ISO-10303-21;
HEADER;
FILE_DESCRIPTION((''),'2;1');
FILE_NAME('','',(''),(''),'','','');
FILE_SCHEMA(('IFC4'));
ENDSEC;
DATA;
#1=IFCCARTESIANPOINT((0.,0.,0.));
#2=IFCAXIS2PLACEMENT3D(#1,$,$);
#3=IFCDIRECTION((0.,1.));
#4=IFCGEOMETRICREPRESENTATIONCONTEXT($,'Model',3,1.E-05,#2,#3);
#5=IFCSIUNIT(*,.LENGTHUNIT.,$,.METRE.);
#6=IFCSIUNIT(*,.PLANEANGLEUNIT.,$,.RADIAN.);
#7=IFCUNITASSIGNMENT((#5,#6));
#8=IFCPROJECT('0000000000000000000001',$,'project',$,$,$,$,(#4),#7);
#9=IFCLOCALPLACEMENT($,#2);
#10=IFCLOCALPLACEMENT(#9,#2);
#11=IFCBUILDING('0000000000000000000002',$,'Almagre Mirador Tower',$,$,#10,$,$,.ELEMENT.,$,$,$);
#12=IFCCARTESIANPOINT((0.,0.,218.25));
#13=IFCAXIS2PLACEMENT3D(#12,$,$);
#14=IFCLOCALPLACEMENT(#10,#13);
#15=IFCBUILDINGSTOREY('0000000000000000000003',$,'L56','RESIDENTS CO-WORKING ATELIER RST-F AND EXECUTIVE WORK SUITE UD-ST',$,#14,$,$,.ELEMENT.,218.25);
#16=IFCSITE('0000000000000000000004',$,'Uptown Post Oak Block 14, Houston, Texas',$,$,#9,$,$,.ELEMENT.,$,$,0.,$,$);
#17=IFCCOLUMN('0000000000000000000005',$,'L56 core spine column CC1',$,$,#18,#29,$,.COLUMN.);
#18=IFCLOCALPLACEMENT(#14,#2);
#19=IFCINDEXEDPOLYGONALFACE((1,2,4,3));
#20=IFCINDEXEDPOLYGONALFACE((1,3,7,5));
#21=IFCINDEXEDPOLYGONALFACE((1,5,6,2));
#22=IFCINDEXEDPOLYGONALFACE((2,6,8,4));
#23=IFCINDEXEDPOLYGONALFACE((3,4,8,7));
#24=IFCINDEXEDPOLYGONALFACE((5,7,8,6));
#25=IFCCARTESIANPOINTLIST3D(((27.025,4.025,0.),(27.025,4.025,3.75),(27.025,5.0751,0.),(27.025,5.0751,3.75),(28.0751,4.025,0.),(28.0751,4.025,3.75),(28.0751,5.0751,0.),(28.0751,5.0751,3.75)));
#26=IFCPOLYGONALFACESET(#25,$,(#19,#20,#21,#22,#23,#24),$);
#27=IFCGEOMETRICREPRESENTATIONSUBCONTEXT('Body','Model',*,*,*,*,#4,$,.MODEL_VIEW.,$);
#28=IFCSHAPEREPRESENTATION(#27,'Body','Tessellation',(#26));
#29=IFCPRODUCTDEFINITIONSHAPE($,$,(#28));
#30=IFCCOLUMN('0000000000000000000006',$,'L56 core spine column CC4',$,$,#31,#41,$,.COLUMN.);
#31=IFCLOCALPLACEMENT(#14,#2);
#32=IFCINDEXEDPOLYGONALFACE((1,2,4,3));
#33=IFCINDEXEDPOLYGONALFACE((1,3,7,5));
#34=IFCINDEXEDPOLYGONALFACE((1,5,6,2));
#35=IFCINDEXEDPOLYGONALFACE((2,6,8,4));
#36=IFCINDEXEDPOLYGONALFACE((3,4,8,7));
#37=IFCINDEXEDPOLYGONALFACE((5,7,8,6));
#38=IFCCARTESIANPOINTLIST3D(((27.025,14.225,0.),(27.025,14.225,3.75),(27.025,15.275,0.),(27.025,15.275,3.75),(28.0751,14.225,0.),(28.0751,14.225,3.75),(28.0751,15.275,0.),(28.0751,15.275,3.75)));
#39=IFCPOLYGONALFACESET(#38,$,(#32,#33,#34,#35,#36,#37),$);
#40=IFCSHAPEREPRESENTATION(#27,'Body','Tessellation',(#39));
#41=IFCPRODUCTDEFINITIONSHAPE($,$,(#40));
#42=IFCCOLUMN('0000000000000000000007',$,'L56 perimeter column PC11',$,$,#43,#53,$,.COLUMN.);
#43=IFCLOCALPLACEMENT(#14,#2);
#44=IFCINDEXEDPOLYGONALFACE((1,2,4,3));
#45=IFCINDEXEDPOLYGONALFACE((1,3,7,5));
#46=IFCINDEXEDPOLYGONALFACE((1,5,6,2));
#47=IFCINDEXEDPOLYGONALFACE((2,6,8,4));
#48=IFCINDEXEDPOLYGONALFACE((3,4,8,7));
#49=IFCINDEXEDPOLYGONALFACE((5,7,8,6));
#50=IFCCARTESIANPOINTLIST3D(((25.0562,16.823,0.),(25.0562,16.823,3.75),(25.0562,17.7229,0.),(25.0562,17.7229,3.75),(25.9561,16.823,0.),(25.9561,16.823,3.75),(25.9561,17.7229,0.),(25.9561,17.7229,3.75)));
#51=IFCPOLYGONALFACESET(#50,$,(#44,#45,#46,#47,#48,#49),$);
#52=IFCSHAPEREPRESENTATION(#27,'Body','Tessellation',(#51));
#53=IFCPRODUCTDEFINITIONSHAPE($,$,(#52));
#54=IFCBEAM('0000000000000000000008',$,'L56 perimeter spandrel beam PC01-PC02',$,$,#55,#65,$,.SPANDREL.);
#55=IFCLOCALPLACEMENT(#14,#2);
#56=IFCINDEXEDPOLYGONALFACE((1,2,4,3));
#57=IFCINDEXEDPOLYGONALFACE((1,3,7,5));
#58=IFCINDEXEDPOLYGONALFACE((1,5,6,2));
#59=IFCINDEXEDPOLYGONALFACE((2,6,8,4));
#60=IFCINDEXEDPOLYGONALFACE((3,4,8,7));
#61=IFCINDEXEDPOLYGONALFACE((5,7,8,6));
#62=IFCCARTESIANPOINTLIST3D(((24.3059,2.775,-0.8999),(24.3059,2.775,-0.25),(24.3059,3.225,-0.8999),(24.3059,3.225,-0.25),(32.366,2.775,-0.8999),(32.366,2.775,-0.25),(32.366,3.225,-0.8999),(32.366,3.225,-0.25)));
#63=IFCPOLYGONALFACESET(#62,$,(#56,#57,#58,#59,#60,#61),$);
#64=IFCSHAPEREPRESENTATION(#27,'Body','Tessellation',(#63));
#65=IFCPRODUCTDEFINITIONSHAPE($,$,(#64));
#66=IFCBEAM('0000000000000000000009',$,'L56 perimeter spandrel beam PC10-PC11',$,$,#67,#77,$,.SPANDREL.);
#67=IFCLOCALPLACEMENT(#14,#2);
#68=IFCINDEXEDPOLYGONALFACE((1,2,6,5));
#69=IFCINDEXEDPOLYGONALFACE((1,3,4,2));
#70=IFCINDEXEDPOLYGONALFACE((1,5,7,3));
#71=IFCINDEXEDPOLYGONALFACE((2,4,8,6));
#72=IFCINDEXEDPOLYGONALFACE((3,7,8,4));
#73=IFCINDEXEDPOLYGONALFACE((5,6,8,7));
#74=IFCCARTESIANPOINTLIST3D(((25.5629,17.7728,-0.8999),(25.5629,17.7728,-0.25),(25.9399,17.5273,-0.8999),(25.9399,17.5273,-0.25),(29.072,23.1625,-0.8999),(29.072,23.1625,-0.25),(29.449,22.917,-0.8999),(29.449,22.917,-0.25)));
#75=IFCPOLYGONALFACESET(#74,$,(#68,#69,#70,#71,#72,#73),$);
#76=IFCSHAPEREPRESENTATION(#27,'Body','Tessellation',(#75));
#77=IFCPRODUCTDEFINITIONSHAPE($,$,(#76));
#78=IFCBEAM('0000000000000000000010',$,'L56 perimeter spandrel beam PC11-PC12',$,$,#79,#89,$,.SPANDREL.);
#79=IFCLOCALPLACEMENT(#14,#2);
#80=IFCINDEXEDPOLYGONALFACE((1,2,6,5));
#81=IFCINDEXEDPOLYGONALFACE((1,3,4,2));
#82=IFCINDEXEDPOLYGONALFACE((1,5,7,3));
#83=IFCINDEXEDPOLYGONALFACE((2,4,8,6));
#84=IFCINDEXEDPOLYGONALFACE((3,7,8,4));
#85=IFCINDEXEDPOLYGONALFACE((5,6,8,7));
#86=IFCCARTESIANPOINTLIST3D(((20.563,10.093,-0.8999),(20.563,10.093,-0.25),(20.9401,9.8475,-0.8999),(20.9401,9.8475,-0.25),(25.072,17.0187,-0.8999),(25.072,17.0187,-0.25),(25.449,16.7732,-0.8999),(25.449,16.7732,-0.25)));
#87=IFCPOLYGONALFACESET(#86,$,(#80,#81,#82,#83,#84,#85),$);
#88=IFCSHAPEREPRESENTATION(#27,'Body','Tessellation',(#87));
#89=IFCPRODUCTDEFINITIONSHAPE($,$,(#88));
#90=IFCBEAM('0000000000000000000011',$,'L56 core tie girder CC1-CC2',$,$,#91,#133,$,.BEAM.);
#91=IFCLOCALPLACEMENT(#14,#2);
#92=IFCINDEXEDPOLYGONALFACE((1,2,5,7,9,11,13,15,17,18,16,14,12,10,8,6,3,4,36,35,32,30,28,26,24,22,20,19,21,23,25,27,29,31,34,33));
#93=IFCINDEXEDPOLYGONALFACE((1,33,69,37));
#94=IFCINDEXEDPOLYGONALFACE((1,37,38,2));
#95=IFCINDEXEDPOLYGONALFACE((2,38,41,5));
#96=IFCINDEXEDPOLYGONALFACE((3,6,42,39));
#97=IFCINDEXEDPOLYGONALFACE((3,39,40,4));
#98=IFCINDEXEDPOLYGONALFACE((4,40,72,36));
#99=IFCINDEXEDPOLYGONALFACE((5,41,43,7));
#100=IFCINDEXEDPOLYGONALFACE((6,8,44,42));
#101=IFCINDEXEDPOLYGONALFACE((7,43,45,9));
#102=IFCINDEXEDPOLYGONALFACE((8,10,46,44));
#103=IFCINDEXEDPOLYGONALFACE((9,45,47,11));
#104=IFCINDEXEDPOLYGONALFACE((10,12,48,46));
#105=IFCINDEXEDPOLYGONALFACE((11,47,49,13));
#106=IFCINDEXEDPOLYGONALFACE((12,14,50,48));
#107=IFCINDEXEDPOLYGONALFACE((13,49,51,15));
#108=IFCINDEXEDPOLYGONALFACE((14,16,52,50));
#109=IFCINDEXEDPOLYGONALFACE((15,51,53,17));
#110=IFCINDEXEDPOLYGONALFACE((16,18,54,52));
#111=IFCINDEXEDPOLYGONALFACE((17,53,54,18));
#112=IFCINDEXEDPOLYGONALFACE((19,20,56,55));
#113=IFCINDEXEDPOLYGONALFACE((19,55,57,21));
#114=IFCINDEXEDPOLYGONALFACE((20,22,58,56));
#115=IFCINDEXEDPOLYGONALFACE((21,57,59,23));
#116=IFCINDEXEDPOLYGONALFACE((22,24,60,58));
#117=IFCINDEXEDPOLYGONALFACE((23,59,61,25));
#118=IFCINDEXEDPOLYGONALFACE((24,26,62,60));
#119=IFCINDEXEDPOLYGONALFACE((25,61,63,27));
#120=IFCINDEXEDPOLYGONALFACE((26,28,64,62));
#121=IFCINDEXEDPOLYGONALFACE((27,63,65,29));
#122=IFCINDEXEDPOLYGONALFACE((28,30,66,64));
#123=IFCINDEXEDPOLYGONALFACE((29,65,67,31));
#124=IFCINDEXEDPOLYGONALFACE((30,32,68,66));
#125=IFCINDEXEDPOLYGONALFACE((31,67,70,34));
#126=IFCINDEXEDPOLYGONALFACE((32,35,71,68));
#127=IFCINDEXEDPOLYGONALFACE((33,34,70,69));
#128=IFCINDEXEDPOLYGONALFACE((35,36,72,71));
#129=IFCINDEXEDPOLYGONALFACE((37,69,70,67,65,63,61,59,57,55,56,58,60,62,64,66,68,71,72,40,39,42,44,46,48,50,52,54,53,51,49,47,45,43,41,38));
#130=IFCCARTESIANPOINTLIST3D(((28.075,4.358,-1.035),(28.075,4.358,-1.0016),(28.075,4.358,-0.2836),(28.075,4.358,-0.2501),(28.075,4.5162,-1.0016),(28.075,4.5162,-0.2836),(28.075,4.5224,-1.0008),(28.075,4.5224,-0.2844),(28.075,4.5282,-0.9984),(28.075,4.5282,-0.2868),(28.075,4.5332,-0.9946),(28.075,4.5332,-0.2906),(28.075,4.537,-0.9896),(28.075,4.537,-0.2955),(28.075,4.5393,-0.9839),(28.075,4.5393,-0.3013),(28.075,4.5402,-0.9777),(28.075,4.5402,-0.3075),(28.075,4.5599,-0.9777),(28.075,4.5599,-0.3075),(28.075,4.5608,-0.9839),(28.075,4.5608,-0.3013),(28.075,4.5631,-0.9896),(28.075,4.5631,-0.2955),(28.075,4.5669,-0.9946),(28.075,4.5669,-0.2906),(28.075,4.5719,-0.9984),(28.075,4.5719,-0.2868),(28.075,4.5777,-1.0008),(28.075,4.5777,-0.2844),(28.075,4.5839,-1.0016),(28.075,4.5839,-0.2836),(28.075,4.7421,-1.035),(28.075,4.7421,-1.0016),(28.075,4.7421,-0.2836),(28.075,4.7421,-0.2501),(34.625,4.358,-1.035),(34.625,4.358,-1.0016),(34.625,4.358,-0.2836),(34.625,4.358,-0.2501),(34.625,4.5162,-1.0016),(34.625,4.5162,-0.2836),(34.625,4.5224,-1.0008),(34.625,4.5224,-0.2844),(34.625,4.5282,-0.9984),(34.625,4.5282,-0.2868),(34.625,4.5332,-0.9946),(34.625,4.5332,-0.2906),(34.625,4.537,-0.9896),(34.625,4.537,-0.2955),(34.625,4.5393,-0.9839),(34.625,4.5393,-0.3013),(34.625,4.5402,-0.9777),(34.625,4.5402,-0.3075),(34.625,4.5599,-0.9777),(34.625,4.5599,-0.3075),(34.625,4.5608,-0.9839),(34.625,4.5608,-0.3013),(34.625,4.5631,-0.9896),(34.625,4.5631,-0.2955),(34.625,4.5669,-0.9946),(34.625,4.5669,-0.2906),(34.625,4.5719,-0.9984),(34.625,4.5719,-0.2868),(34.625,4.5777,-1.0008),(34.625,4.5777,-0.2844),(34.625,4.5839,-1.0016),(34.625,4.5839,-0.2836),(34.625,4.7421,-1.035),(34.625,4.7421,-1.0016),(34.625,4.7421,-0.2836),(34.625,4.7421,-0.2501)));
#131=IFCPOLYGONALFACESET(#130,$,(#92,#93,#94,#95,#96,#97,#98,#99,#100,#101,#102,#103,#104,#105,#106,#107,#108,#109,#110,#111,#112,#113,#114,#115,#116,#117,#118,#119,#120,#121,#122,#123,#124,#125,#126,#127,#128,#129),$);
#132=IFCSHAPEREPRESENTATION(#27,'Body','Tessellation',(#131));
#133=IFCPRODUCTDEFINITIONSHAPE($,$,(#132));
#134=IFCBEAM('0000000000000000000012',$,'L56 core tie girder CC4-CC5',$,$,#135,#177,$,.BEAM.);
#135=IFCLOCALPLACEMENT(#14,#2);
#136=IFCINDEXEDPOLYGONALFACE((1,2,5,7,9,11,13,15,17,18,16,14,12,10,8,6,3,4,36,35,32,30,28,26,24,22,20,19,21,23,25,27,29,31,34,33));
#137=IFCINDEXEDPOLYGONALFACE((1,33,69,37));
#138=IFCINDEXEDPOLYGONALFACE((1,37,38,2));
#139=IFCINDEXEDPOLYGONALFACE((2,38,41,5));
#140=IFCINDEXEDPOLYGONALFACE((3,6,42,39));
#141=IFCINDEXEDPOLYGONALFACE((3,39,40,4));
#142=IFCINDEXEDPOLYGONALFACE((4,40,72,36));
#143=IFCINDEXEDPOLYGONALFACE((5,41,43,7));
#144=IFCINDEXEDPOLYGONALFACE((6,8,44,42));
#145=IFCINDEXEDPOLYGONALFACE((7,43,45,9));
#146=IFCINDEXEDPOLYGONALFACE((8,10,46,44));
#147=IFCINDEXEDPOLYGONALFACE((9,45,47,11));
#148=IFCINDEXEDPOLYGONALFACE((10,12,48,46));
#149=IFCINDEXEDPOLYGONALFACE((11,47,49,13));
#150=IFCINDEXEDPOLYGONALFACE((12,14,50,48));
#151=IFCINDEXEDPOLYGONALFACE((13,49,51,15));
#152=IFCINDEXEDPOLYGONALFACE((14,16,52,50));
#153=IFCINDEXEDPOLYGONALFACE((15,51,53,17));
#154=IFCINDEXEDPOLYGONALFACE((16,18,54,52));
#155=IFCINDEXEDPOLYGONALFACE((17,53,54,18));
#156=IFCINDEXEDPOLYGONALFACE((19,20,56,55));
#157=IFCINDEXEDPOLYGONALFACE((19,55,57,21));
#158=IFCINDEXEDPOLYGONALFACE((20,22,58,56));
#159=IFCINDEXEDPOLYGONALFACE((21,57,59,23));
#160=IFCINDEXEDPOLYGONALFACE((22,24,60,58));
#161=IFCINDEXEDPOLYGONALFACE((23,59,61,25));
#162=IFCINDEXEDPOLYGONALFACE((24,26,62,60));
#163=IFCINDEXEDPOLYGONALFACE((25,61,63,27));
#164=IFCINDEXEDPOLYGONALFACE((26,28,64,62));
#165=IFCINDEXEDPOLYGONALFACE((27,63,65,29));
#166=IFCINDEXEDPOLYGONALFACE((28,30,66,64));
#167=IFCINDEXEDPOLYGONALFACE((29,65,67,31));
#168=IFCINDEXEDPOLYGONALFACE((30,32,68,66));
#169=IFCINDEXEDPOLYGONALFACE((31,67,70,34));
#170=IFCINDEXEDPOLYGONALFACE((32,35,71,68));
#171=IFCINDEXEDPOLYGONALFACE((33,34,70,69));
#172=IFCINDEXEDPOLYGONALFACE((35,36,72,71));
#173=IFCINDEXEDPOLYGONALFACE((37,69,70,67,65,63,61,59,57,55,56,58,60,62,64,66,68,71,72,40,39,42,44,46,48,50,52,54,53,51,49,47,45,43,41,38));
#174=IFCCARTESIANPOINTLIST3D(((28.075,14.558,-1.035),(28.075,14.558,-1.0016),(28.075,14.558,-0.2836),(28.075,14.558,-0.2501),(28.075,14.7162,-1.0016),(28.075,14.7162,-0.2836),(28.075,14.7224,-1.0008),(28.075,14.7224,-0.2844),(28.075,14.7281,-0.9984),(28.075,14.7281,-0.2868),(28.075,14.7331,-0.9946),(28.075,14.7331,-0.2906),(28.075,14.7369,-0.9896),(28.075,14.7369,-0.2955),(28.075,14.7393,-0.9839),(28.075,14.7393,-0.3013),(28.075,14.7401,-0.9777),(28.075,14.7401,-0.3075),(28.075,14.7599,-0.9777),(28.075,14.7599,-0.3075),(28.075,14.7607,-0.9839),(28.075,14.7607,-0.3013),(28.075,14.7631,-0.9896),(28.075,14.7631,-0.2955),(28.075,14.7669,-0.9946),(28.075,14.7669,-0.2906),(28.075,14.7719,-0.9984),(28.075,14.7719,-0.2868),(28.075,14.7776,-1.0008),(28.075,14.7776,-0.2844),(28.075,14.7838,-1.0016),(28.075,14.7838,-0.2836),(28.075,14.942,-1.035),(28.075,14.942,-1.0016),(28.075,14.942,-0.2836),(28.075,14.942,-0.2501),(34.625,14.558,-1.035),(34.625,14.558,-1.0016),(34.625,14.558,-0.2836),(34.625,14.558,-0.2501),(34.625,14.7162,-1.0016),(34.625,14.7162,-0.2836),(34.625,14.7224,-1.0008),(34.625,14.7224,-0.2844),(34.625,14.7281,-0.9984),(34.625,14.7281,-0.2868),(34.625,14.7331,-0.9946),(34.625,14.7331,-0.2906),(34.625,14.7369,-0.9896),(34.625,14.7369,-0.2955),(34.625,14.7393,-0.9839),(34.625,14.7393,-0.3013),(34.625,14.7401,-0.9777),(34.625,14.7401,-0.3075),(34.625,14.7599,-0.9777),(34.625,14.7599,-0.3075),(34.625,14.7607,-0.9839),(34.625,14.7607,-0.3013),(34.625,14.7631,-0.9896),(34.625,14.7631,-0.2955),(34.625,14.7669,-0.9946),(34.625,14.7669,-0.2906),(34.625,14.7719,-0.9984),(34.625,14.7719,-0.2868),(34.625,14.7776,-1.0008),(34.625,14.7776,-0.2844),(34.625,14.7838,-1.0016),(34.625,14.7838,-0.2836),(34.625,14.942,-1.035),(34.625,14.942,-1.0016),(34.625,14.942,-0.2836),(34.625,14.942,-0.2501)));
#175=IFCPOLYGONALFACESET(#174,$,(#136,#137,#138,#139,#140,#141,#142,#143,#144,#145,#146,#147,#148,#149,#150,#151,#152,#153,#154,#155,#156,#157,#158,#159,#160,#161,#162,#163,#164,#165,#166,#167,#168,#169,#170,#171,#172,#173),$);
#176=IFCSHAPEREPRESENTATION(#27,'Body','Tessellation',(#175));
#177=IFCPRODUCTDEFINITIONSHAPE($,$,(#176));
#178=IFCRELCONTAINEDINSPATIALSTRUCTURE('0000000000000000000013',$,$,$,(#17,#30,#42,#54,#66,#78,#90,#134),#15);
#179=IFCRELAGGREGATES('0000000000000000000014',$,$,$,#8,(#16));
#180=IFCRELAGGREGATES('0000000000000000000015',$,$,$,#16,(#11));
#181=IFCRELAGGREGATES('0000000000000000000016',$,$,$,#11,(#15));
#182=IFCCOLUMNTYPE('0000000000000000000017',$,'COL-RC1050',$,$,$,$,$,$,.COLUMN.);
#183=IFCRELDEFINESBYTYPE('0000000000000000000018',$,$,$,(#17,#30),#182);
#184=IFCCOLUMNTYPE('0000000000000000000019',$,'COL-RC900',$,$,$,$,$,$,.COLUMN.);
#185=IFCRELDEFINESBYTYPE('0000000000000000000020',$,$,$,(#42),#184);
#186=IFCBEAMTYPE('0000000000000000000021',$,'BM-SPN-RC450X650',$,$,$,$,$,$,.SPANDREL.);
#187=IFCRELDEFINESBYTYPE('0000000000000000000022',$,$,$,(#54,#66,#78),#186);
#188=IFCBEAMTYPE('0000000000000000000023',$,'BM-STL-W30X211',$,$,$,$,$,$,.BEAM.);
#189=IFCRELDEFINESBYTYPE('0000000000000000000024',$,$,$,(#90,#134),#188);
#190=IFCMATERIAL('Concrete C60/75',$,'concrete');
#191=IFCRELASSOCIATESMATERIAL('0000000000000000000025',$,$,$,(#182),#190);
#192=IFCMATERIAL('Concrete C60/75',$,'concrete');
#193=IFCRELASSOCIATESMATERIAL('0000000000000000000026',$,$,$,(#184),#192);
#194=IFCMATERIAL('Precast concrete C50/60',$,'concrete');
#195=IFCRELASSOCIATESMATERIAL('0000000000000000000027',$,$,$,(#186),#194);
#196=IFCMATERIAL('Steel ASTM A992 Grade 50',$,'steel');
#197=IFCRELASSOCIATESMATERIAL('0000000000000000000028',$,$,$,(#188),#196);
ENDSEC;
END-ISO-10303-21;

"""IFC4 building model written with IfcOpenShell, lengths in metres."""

from ifc_helpers import new_model, si_unit, direction, frame, origin, origin_2d, place, context, subcontext, project, spatial, rectangle, i_section, extrude, material, material_profile, profile_set, type_object, element, save


model = new_model("IFC4")

# Units and contexts
model_context = context("Model", 3, precision=1e-05, world=origin(), true_north=direction((0.0, 1.0)))
body_context = subcontext(model_context, "Body", "Model", "MODEL_VIEW")
ifc_project = project(units=[si_unit("LENGTHUNIT", "METRE"), si_unit("PLANEANGLEUNIT", "RADIAN")], contexts=[model_context])

# Site, building, storey
site_placement = place(None, origin())
site = spatial("IfcSite", under=ifc_project, at=site_placement, Name="Uptown Post Oak Block 14, Houston, Texas", CompositionType="ELEMENT", RefElevation=0.0)
building_placement = place(site_placement, origin())
building = spatial("IfcBuilding", under=site, at=building_placement, Name="Almagre Mirador Tower", CompositionType="ELEMENT")
storey_placement = place(building_placement, frame((0.0, 0.0, 218.25)))
storey = spatial("IfcBuildingStorey", under=building, at=storey_placement, Name="L56", Description="RESIDENTS CO-WORKING ATELIER RST-F AND EXECUTIVE WORK SUITE UD-ST", CompositionType="ELEMENT", Elevation=218.25)

# Columns
ifc_material_1 = material(Name="Concrete C60/75", Category="concrete")
ifc_material_profile_1 = material_profile(ifc_material_1, rectangle(XDim=1.05, YDim=1.05, at=origin_2d()), Name="RC1050X1050")
ifc_profile_set_1 = profile_set([ifc_material_profile_1], Name="Concrete C60/75")
column_type_1 = type_object("IfcColumnType", Name="COL-RC1050", PredefinedType="COLUMN", material=ifc_profile_set_1)
for number, where, z_axis, x_axis, name in (
    (1, (27.55, 4.55, 0.0), (0.0, 0.0, 1.0), (1.0, 0.0, 0.0), "L56 core spine column CC1"),
    (2, (27.55, 14.75, 0.0), (0.0, 0.0, 1.0), (1.0, 0.0, 0.0), "L56 core spine column CC4"),
):
    element("IfcColumn", number, at=place(storey_placement, frame(where, z_axis=z_axis, x_axis=x_axis)), inside=storey, type_object=column_type_1, Name=name, PredefinedType="COLUMN", context=body_context, shape_type="SweptSolid", body=[
        extrude(rectangle(XDim=1.05, YDim=1.05, at=origin_2d()), origin(), (0.0, 0.0, 1.0), 3.75),
    ])
ifc_material_2 = material(Name="Concrete C60/75", Category="concrete")
ifc_material_profile_2 = material_profile(ifc_material_2, rectangle(XDim=0.8999, YDim=0.8999, at=origin_2d()), Name="RC900X900")
ifc_profile_set_2 = profile_set([ifc_material_profile_2], Name="Concrete C60/75")
column_type_2 = type_object("IfcColumnType", Name="COL-RC900", PredefinedType="COLUMN", material=ifc_profile_set_2)
column_placement = place(storey_placement, frame((25.5061, 17.2729, 0.0), z_axis=(0.0, 0.0, 1.0), x_axis=(1.0, 0.0, 0.0)))
element("IfcColumn", 3, at=column_placement, inside=storey, type_object=column_type_2, Name="L56 perimeter column PC11", PredefinedType="COLUMN", context=body_context, shape_type="SweptSolid", body=[
    extrude(rectangle(XDim=0.8999, YDim=0.8999, at=origin_2d()), origin(), (0.0, 0.0, 1.0), 3.75),
])

# Beams
ifc_material_3 = material(Name="Precast concrete C50/60", Category="concrete")
ifc_material_profile_3 = material_profile(ifc_material_3, rectangle(XDim=0.45, YDim=0.6499, at=origin_2d()), Name="RC450X650")
ifc_profile_set_3 = profile_set([ifc_material_profile_3], Name="Precast concrete C50/60")
beam_type_1 = type_object("IfcBeamType", Name="BM-SPN-RC450X650", PredefinedType="SPANDREL", material=ifc_profile_set_3)
beam_1_placement = place(storey_placement, frame((24.3059, 3.0, -0.575), z_axis=(1.0, 0.0, 0.0), x_axis=(0.0, 1.0, 0.0)))
element("IfcBeam", 4, at=beam_1_placement, inside=storey, type_object=beam_type_1, Name="L56 perimeter spandrel beam PC01-PC02", PredefinedType="SPANDREL", context=body_context, shape_type="SweptSolid", body=[
    extrude(rectangle(XDim=0.45, YDim=0.6499, at=origin_2d()), origin(), (0.0, 0.0, 1.0), 8.0601),
])
beam_2_placement = place(storey_placement, frame((29.2605, 23.0398, -0.575), z_axis=(-0.545618, -0.838034, 0.0), x_axis=(0.838034, -0.545618, 0.0)))
element("IfcBeam", 5, at=beam_2_placement, inside=storey, type_object=beam_type_1, Name="L56 perimeter spandrel beam PC10-PC11", PredefinedType="SPANDREL", context=body_context, shape_type="SweptSolid", body=[
    extrude(rectangle(XDim=0.45, YDim=0.6499, at=origin_2d()), origin(), (0.0, 0.0, 1.0), 6.4314),
])
beam_3_placement = place(storey_placement, frame((25.2605, 16.896, -0.575), z_axis=(-0.545607, -0.838041, 0.0), x_axis=(0.838041, -0.545607, 0.0)))
element("IfcBeam", 6, at=beam_3_placement, inside=storey, type_object=beam_type_1, Name="L56 perimeter spandrel beam PC11-PC12", PredefinedType="SPANDREL", context=body_context, shape_type="SweptSolid", body=[
    extrude(rectangle(XDim=0.45, YDim=0.6499, at=origin_2d()), origin(), (0.0, 0.0, 1.0), 8.2642),
])
ifc_material_4 = material(Name="Steel ASTM A992 Grade 50", Category="steel")
ifc_material_profile_4 = material_profile(ifc_material_4, i_section(OverallWidth=0.384, OverallDepth=0.7849, WebThickness=0.0198, FlangeThickness=0.0334, FilletRadius=0.0239, at=origin_2d()), Name="W30X211")
ifc_profile_set_4 = profile_set([ifc_material_profile_4], Name="Steel ASTM A992 Grade 50")
beam_type_2 = type_object("IfcBeamType", Name="BM-STL-W30X211", PredefinedType="BEAM", material=ifc_profile_set_4)
for number, where, z_axis, x_axis, name in (
    (7, (28.075, 4.55, -0.6426), (1.0, 0.0, 0.0), (0.0, 1.0, 0.0), "L56 core tie girder CC1-CC2"),
    (8, (28.075, 14.75, -0.6426), (1.0, 0.0, 0.0), (0.0, 1.0, 0.0), "L56 core tie girder CC4-CC5"),
):
    element("IfcBeam", number, at=place(storey_placement, frame(where, z_axis=z_axis, x_axis=x_axis)), inside=storey, type_object=beam_type_2, Name=name, PredefinedType="BEAM", context=body_context, shape_type="SweptSolid", body=[
        extrude(i_section(OverallWidth=0.384, OverallDepth=0.7849, WebThickness=0.0198, FlangeThickness=0.0334, FilletRadius=0.0239, at=origin_2d()), origin(), (0.0, 0.0, 1.0), 6.55),
    ])

save(model, "model.ifc")
